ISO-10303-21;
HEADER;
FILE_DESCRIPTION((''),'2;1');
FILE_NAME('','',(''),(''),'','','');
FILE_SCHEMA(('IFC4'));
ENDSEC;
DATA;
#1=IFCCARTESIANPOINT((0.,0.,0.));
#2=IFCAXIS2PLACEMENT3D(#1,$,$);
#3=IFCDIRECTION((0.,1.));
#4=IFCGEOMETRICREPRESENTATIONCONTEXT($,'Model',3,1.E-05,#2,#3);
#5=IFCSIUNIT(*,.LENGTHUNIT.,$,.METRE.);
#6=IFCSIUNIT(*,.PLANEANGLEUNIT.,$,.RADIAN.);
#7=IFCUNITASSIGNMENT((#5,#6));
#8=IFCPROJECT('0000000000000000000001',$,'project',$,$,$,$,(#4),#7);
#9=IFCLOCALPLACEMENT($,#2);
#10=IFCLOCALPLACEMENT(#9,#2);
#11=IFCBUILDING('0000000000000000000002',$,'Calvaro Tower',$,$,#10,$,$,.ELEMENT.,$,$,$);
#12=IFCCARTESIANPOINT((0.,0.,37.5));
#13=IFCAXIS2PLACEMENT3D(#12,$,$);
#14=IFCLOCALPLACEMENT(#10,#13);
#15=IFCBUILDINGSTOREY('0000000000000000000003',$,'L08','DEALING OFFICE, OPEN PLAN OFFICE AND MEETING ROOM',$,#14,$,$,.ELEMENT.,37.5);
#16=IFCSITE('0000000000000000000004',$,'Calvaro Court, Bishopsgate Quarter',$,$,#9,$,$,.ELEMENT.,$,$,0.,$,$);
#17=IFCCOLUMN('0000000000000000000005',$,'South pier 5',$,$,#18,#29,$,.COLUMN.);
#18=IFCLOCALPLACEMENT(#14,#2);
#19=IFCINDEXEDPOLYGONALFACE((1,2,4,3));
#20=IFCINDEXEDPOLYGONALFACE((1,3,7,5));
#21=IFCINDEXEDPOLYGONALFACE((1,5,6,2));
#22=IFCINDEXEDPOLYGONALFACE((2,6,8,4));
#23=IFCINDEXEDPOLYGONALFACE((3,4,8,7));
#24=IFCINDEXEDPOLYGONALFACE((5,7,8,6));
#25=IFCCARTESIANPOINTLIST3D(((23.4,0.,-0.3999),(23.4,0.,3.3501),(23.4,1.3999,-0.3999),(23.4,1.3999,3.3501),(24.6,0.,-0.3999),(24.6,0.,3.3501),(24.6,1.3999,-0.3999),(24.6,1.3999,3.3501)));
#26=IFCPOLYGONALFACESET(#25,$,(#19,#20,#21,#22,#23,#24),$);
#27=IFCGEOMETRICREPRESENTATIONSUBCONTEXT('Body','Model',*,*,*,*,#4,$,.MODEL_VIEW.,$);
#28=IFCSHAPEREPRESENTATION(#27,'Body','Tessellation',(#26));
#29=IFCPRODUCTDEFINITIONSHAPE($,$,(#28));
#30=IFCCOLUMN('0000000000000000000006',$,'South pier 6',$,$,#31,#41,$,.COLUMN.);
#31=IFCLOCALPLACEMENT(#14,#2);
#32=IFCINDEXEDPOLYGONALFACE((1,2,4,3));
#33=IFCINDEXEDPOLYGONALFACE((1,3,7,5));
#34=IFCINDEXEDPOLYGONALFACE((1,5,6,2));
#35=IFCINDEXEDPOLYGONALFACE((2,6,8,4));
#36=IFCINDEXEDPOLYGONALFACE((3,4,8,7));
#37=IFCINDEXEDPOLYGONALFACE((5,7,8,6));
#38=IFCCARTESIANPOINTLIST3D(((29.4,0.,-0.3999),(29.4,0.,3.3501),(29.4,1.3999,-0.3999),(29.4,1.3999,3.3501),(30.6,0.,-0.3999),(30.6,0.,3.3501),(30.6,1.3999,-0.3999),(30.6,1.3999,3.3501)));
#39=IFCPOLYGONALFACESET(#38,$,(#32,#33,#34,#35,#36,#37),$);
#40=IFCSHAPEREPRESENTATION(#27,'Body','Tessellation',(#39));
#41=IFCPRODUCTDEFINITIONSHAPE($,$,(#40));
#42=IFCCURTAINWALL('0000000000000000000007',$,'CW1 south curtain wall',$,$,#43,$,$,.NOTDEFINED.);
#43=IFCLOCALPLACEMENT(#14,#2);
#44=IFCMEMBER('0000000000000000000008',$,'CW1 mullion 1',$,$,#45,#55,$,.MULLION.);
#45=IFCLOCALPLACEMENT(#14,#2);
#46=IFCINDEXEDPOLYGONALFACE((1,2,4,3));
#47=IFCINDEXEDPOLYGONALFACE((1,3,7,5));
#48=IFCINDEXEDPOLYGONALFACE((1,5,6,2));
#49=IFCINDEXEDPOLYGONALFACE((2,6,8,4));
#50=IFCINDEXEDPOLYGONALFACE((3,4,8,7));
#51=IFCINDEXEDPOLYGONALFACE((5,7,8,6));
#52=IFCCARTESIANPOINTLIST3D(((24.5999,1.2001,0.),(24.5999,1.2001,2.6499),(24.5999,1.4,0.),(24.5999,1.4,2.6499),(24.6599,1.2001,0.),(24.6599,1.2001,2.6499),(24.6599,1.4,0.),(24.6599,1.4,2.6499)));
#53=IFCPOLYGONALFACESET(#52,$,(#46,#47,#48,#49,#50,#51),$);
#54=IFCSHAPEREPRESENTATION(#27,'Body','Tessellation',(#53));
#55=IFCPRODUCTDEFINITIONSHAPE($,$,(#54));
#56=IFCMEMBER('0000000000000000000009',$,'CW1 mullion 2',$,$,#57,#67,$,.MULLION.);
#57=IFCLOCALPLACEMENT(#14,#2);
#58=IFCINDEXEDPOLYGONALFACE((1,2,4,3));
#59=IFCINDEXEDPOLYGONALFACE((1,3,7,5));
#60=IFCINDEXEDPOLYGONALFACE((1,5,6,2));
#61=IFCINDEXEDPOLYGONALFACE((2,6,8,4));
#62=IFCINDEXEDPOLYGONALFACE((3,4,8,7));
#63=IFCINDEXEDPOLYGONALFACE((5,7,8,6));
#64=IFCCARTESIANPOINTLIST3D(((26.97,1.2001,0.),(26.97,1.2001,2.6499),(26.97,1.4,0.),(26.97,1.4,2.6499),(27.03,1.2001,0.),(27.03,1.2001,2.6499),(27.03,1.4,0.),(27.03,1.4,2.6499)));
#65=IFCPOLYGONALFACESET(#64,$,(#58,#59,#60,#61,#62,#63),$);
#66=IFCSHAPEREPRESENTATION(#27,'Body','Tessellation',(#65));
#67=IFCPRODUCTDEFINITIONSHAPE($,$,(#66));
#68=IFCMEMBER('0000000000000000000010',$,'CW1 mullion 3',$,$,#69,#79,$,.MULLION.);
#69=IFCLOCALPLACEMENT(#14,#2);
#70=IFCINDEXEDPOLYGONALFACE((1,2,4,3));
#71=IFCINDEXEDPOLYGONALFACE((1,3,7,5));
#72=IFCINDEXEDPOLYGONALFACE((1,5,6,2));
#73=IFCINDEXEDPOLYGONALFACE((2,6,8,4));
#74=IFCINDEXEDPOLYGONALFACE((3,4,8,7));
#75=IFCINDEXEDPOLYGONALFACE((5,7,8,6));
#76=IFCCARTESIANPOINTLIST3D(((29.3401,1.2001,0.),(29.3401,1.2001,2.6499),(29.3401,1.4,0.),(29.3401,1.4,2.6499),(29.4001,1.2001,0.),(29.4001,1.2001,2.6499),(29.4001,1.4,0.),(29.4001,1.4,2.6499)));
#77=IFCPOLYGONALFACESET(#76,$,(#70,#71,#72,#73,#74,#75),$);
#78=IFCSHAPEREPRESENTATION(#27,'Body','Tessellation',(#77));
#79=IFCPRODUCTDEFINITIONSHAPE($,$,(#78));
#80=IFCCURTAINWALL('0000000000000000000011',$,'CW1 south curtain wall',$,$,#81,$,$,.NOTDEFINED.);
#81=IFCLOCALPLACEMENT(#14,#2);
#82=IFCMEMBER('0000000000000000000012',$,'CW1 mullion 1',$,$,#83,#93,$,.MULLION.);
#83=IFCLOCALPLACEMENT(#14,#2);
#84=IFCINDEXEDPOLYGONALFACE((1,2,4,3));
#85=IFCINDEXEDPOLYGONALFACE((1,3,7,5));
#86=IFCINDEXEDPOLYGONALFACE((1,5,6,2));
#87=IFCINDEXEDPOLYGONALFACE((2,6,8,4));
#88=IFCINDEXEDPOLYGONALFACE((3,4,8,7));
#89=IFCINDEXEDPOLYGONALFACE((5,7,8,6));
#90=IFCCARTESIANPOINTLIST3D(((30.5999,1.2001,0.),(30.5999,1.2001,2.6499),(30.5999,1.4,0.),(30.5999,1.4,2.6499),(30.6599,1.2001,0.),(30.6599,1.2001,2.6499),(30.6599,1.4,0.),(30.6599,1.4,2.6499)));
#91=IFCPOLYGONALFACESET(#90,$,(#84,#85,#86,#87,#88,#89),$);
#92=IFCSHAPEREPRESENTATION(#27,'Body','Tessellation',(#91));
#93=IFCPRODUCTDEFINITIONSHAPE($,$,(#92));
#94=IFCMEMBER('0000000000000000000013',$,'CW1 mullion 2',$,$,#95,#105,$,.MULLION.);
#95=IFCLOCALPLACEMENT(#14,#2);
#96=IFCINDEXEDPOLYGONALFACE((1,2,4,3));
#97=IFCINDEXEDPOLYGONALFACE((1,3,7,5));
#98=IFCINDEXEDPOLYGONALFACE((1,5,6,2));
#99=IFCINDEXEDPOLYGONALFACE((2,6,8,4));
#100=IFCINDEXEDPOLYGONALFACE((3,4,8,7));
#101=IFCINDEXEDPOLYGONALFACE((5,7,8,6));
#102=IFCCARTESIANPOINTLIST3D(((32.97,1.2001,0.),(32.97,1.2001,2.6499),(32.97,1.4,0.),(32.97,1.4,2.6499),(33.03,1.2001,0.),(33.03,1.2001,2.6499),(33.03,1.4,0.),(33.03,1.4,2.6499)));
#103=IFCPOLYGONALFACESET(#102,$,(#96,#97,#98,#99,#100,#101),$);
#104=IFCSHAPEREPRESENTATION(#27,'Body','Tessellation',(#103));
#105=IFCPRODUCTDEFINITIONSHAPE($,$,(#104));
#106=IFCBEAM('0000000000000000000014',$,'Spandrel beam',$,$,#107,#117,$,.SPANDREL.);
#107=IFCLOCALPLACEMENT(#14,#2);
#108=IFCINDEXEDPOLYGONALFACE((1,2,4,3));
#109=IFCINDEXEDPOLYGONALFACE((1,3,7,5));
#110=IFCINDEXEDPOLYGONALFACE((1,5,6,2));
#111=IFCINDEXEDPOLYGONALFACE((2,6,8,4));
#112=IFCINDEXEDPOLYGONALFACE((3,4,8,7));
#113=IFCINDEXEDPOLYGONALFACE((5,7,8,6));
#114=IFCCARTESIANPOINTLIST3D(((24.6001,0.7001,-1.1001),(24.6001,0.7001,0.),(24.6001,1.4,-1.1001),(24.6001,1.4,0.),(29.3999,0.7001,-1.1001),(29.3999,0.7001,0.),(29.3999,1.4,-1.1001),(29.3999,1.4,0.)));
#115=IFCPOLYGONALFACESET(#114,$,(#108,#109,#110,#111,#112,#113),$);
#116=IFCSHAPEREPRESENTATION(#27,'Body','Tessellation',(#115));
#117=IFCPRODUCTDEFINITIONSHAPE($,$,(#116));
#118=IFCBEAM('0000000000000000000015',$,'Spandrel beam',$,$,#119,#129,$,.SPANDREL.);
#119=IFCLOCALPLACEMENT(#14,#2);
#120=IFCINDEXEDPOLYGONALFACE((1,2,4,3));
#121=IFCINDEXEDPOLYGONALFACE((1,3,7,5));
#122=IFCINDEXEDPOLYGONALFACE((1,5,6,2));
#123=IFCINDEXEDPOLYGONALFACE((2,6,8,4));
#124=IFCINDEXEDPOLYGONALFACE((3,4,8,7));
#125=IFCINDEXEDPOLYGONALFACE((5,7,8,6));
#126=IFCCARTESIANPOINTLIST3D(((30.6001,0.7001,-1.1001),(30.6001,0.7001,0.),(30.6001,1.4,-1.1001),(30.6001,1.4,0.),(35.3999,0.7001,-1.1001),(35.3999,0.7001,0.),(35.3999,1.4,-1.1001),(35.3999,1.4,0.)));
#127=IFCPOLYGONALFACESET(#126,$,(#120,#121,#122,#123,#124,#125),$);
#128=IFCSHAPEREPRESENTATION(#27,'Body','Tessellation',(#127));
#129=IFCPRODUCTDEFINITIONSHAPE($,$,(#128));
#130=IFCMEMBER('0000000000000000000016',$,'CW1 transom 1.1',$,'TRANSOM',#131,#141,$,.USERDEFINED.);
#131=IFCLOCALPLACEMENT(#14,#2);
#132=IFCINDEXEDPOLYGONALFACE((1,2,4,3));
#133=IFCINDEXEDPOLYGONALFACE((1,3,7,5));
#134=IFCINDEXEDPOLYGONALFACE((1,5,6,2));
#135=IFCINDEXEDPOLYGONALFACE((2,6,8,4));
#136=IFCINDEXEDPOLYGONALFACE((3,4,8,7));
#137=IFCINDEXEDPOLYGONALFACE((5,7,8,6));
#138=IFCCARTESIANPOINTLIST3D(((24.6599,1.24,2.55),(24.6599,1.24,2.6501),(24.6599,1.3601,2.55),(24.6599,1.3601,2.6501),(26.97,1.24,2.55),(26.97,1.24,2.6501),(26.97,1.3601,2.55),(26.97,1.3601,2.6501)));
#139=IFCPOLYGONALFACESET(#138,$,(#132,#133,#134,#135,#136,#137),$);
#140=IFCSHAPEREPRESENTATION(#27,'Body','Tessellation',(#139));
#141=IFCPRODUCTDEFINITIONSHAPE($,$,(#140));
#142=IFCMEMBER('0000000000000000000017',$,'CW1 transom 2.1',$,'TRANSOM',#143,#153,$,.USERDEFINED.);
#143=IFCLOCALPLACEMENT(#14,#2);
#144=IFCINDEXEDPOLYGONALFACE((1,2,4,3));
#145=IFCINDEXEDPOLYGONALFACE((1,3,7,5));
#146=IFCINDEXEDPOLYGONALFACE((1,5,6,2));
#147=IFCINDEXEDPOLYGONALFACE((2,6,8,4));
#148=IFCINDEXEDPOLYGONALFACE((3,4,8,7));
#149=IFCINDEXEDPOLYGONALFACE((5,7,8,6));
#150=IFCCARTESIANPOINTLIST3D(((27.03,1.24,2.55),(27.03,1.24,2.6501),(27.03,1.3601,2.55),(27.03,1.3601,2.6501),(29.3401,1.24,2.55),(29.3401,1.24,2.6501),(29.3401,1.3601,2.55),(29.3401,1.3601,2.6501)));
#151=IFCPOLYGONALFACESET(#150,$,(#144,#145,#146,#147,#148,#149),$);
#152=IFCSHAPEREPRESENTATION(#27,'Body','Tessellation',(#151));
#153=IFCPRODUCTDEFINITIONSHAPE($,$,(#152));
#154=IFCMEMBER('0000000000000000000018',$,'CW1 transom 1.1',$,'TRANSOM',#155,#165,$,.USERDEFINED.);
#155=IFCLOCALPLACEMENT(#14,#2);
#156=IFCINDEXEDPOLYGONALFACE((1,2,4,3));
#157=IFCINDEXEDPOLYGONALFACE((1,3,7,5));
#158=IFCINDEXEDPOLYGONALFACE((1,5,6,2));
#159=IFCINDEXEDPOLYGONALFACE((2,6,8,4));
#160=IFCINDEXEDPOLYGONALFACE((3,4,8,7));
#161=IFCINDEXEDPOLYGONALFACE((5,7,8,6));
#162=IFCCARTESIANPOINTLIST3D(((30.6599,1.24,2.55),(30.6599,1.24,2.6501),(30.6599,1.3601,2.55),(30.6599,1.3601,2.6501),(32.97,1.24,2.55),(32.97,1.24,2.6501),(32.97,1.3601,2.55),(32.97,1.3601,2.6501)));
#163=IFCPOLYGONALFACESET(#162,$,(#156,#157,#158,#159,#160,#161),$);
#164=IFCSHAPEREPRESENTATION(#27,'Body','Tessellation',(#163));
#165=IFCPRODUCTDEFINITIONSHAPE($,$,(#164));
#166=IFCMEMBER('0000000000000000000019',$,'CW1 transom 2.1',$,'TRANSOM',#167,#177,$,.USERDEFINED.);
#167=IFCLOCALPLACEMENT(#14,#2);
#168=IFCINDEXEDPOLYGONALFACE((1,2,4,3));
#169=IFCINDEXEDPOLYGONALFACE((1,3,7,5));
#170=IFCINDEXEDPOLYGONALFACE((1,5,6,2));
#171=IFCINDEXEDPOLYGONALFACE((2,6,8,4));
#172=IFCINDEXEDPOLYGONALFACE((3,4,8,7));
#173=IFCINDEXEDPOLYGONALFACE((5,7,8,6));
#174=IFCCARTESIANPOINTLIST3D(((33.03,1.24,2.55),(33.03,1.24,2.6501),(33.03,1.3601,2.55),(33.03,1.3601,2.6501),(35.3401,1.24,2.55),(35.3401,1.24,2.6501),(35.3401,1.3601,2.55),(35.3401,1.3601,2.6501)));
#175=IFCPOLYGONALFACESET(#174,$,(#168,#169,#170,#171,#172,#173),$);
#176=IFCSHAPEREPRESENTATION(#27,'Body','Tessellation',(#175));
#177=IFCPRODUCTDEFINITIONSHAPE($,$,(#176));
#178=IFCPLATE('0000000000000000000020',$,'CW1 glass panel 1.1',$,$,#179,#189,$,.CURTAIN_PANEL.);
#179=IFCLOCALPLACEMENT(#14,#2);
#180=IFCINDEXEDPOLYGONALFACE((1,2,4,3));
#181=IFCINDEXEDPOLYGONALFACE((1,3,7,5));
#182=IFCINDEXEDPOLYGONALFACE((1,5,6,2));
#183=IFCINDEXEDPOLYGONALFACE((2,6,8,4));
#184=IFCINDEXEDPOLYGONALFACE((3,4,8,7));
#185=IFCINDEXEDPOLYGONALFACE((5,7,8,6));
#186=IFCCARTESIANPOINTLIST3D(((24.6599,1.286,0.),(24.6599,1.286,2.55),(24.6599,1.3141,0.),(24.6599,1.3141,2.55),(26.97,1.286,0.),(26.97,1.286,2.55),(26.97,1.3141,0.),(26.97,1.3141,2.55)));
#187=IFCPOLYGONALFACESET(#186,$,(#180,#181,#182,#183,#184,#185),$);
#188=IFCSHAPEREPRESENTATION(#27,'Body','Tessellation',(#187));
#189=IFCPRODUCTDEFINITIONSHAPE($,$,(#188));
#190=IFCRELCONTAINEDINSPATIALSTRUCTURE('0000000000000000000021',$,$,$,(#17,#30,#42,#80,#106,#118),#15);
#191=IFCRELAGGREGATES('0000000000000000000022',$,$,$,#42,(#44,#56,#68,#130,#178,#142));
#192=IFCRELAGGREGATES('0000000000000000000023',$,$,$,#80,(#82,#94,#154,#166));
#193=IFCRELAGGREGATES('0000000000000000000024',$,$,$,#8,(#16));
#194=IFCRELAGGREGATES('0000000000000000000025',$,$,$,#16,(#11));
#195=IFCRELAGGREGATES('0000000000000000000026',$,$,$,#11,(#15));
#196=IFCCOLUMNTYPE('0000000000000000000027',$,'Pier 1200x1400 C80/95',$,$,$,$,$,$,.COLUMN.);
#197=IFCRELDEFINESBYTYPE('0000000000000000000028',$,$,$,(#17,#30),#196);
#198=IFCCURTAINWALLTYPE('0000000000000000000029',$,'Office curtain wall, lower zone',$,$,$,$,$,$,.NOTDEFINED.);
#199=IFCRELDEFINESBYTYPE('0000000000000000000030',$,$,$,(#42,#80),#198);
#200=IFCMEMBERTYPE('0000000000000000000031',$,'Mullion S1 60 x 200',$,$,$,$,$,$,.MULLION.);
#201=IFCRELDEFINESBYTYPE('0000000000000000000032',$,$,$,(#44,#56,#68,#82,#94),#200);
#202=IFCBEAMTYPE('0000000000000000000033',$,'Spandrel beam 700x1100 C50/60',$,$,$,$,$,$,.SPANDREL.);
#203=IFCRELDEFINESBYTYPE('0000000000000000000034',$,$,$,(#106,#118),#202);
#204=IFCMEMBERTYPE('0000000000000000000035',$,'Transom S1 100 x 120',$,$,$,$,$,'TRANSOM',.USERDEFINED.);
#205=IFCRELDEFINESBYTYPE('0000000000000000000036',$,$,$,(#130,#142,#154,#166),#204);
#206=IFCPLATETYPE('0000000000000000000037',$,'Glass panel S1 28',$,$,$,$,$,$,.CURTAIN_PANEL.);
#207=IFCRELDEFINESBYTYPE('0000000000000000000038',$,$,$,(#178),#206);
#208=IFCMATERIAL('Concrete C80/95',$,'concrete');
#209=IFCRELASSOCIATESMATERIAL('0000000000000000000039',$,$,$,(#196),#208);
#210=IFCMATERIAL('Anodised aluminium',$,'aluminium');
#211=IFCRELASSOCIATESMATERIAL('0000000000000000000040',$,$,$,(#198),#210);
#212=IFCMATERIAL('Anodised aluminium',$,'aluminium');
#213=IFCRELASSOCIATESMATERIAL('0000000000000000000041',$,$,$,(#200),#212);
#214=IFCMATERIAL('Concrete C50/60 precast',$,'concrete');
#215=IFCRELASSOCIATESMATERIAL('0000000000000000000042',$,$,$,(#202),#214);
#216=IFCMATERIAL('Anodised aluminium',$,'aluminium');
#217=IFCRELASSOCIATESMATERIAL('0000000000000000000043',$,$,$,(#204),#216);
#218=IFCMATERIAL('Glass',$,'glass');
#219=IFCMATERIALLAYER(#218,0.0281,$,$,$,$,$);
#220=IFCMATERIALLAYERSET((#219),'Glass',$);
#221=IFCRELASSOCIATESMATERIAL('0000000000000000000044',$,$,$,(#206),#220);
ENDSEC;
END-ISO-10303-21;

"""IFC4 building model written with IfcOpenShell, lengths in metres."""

from ifc_helpers import new_model, si_unit, direction, frame, origin, origin_2d, place, context, subcontext, project, spatial, rectangle, extrude, material, layer, layer_set, material_profile, profile_set, type_object, element, aggregate, save


model = new_model("IFC4")

# Units and contexts
model_context = context("Model", 3, precision=1e-05, world=origin(), true_north=direction((0.0, 1.0)))
body_context = subcontext(model_context, "Body", "Model", "MODEL_VIEW")
ifc_project = project(units=[si_unit("LENGTHUNIT", "METRE"), si_unit("PLANEANGLEUNIT", "RADIAN")], contexts=[model_context])

# Site, building, storey
site_placement = place(None, origin())
site = spatial("IfcSite", under=ifc_project, at=site_placement, Name="Calvaro Court, Bishopsgate Quarter", CompositionType="ELEMENT", RefElevation=0.0)
building_placement = place(site_placement, origin())
building = spatial("IfcBuilding", under=site, at=building_placement, Name="Calvaro Tower", CompositionType="ELEMENT")
storey_placement = place(building_placement, frame((0.0, 0.0, 37.5)))
storey = spatial("IfcBuildingStorey", under=building, at=storey_placement, Name="L08", Description="DEALING OFFICE, OPEN PLAN OFFICE AND MEETING ROOM", CompositionType="ELEMENT", Elevation=37.5)

# Columns
ifc_material_1 = material(Name="Concrete C80/95", Category="concrete")
ifc_material_profile_1 = material_profile(ifc_material_1, rectangle(XDim=1.2, YDim=1.3999, at=origin_2d()), Name="RC 1200x1400")
ifc_profile_set_1 = profile_set([ifc_material_profile_1], Name="Concrete C80/95")
column_type = type_object("IfcColumnType", Name="Pier 1200x1400 C80/95", PredefinedType="COLUMN", material=ifc_profile_set_1)
for number, where, z_axis, x_axis, name in (
    (1, (24.0, 0.7, -0.3999), (0.0, 0.0, 1.0), (1.0, 0.0, 0.0), "South pier 5"),
    (2, (30.0, 0.7, -0.3999), (0.0, 0.0, 1.0), (1.0, 0.0, 0.0), "South pier 6"),
):
    element("IfcColumn", number, at=place(storey_placement, frame(where, z_axis=z_axis, x_axis=x_axis)), inside=storey, type_object=column_type, Name=name, PredefinedType="COLUMN", context=body_context, shape_type="SweptSolid", body=[
        extrude(rectangle(XDim=1.2, YDim=1.3999, at=origin_2d()), origin(), (0.0, 0.0, 1.0), 3.75),
    ])

# Curtain walls, members
ifc_material_2 = material(Name="Anodised aluminium", Category="aluminium")
curtain_wall_type = type_object("IfcCurtainWallType", Name="Office curtain wall, lower zone", PredefinedType="NOTDEFINED", material=ifc_material_2)
curtain_wall_1_placement = place(storey_placement, origin())
curtain_wall_1 = element("IfcCurtainWall", 3, at=curtain_wall_1_placement, inside=storey, type_object=curtain_wall_type, Name="CW1 south curtain wall", PredefinedType="NOTDEFINED")
ifc_material_3 = material(Name="Anodised aluminium", Category="aluminium")
ifc_material_profile_2 = material_profile(ifc_material_3, rectangle(XDim=0.2, YDim=0.0601, at=origin_2d()), Name="Mullion S1 60 x 200")
ifc_profile_set_2 = profile_set([ifc_material_profile_2], Name="Anodised aluminium")
member_type_1 = type_object("IfcMemberType", Name="Mullion S1 60 x 200", PredefinedType="MULLION", material=ifc_profile_set_2)
member_1_placement = place(storey_placement, frame((24.6299, 1.3, 0.0), z_axis=(0.0, 0.0, 1.0), x_axis=(0.0, 1.0, 0.0)))
member_1 = element("IfcMember", 4, at=member_1_placement, type_object=member_type_1, Name="CW1 mullion 1", PredefinedType="MULLION", context=body_context, shape_type="SweptSolid", body=[
    extrude(rectangle(XDim=0.2, YDim=0.0601, at=origin_2d()), origin(), (0.0, 0.0, 1.0), 2.6499),
])
member_2_placement = place(storey_placement, frame((27.0, 1.3, 0.0), z_axis=(0.0, 0.0, 1.0), x_axis=(0.0, 1.0, 0.0)))
member_2 = element("IfcMember", 5, at=member_2_placement, type_object=member_type_1, Name="CW1 mullion 2", PredefinedType="MULLION", context=body_context, shape_type="SweptSolid", body=[
    extrude(rectangle(XDim=0.2, YDim=0.0601, at=origin_2d()), origin(), (0.0, 0.0, 1.0), 2.6499),
])
member_3_placement = place(storey_placement, frame((29.3701, 1.3, 0.0), z_axis=(0.0, 0.0, 1.0), x_axis=(0.0, 1.0, 0.0)))
member_3 = element("IfcMember", 6, at=member_3_placement, type_object=member_type_1, Name="CW1 mullion 3", PredefinedType="MULLION", context=body_context, shape_type="SweptSolid", body=[
    extrude(rectangle(XDim=0.2, YDim=0.0601, at=origin_2d()), origin(), (0.0, 0.0, 1.0), 2.6499),
])
curtain_wall_2_placement = place(storey_placement, origin())
curtain_wall_2 = element("IfcCurtainWall", 7, at=curtain_wall_2_placement, inside=storey, type_object=curtain_wall_type, Name="CW1 south curtain wall", PredefinedType="NOTDEFINED")
member_4_placement = place(storey_placement, frame((30.6299, 1.3, 0.0), z_axis=(0.0, 0.0, 1.0), x_axis=(0.0, 1.0, 0.0)))
member_4 = element("IfcMember", 8, at=member_4_placement, type_object=member_type_1, Name="CW1 mullion 1", PredefinedType="MULLION", context=body_context, shape_type="SweptSolid", body=[
    extrude(rectangle(XDim=0.2, YDim=0.0601, at=origin_2d()), origin(), (0.0, 0.0, 1.0), 2.6499),
])
member_5_placement = place(storey_placement, frame((33.0, 1.3, 0.0), z_axis=(0.0, 0.0, 1.0), x_axis=(0.0, 1.0, 0.0)))
member_5 = element("IfcMember", 9, at=member_5_placement, type_object=member_type_1, Name="CW1 mullion 2", PredefinedType="MULLION", context=body_context, shape_type="SweptSolid", body=[
    extrude(rectangle(XDim=0.2, YDim=0.0601, at=origin_2d()), origin(), (0.0, 0.0, 1.0), 2.6499),
])

# Beams
ifc_material_4 = material(Name="Concrete C50/60 precast", Category="concrete")
ifc_material_profile_3 = material_profile(ifc_material_4, rectangle(XDim=0.7, YDim=1.1001, at=origin_2d()), Name="RC 700x1100")
ifc_profile_set_3 = profile_set([ifc_material_profile_3], Name="Concrete C50/60 precast")
beam_type = type_object("IfcBeamType", Name="Spandrel beam 700x1100 C50/60", PredefinedType="SPANDREL", material=ifc_profile_set_3)
for number, where, z_axis, x_axis, name in (
    (10, (24.6001, 1.05, -0.55), (1.0, 0.0, 0.0), (0.0, 1.0, 0.0), "Spandrel beam"),
    (11, (30.6001, 1.05, -0.55), (1.0, 0.0, 0.0), (0.0, 1.0, 0.0), "Spandrel beam"),
):
    element("IfcBeam", number, at=place(storey_placement, frame(where, z_axis=z_axis, x_axis=x_axis)), inside=storey, type_object=beam_type, Name=name, PredefinedType="SPANDREL", context=body_context, shape_type="SweptSolid", body=[
        extrude(rectangle(XDim=0.7, YDim=1.1001, at=origin_2d()), origin(), (0.0, 0.0, 1.0), 4.7998),
    ])

# Members
ifc_material_5 = material(Name="Anodised aluminium", Category="aluminium")
ifc_material_profile_4 = material_profile(ifc_material_5, rectangle(XDim=0.1201, YDim=0.1001, at=origin_2d()), Name="Transom S1 100 x 120")
ifc_profile_set_4 = profile_set([ifc_material_profile_4], Name="Anodised aluminium")
member_type_2 = type_object("IfcMemberType", Name="Transom S1 100 x 120", ElementType="TRANSOM", PredefinedType="USERDEFINED", material=ifc_profile_set_4)
member_6_placement = place(storey_placement, frame((24.6599, 1.3, 2.6001), z_axis=(1.0, 0.0, 0.0), x_axis=(0.0, 1.0, 0.0)))
member_6 = element("IfcMember", 12, at=member_6_placement, type_object=member_type_2, Name="CW1 transom 1.1", ObjectType="TRANSOM", PredefinedType="USERDEFINED", context=body_context, shape_type="SweptSolid", body=[
    extrude(rectangle(XDim=0.1201, YDim=0.1001, at=origin_2d()), origin(), (0.0, 0.0, 1.0), 2.3101),
])
member_7_placement = place(storey_placement, frame((27.03, 1.3, 2.6001), z_axis=(1.0, 0.0, 0.0), x_axis=(0.0, 1.0, 0.0)))
member_7 = element("IfcMember", 13, at=member_7_placement, type_object=member_type_2, Name="CW1 transom 2.1", ObjectType="TRANSOM", PredefinedType="USERDEFINED", context=body_context, shape_type="SweptSolid", body=[
    extrude(rectangle(XDim=0.1201, YDim=0.1001, at=origin_2d()), origin(), (0.0, 0.0, 1.0), 2.3101),
])
member_8_placement = place(storey_placement, frame((30.6599, 1.3, 2.6001), z_axis=(1.0, 0.0, 0.0), x_axis=(0.0, 1.0, 0.0)))
member_8 = element("IfcMember", 14, at=member_8_placement, type_object=member_type_2, Name="CW1 transom 1.1", ObjectType="TRANSOM", PredefinedType="USERDEFINED", context=body_context, shape_type="SweptSolid", body=[
    extrude(rectangle(XDim=0.1201, YDim=0.1001, at=origin_2d()), origin(), (0.0, 0.0, 1.0), 2.3101),
])
member_9_placement = place(storey_placement, frame((33.03, 1.3, 2.6001), z_axis=(1.0, 0.0, 0.0), x_axis=(0.0, 1.0, 0.0)))
member_9 = element("IfcMember", 15, at=member_9_placement, type_object=member_type_2, Name="CW1 transom 2.1", ObjectType="TRANSOM", PredefinedType="USERDEFINED", context=body_context, shape_type="SweptSolid", body=[
    extrude(rectangle(XDim=0.1201, YDim=0.1001, at=origin_2d()), origin(), (0.0, 0.0, 1.0), 2.3101),
])

# Plate
ifc_material_6 = material(Name="Glass", Category="glass")
ifc_layer = layer(ifc_material_6, 0.0281)
ifc_layer_set = layer_set([ifc_layer], Name="Glass")
plate_type = type_object("IfcPlateType", Name="Glass panel S1 28", PredefinedType="CURTAIN_PANEL", material=ifc_layer_set)
plate_1_placement = place(storey_placement, frame((25.8149, 1.3, 0.0), z_axis=(0.0, 0.0, 1.0), x_axis=(1.0, 0.0, 0.0)))
plate_1 = element("IfcPlate", 16, at=plate_1_placement, type_object=plate_type, Name="CW1 glass panel 1.1", PredefinedType="CURTAIN_PANEL", context=body_context, shape_type="SweptSolid", body=[
    extrude(rectangle(XDim=2.3101, YDim=0.0281, at=origin_2d()), origin(), (0.0, 0.0, 1.0), 2.55),
])
aggregate(curtain_wall_1, [member_1, member_2, member_3, member_6, plate_1, member_7])
aggregate(curtain_wall_2, [member_4, member_5, member_8, member_9])

save(model, "model.ifc")
